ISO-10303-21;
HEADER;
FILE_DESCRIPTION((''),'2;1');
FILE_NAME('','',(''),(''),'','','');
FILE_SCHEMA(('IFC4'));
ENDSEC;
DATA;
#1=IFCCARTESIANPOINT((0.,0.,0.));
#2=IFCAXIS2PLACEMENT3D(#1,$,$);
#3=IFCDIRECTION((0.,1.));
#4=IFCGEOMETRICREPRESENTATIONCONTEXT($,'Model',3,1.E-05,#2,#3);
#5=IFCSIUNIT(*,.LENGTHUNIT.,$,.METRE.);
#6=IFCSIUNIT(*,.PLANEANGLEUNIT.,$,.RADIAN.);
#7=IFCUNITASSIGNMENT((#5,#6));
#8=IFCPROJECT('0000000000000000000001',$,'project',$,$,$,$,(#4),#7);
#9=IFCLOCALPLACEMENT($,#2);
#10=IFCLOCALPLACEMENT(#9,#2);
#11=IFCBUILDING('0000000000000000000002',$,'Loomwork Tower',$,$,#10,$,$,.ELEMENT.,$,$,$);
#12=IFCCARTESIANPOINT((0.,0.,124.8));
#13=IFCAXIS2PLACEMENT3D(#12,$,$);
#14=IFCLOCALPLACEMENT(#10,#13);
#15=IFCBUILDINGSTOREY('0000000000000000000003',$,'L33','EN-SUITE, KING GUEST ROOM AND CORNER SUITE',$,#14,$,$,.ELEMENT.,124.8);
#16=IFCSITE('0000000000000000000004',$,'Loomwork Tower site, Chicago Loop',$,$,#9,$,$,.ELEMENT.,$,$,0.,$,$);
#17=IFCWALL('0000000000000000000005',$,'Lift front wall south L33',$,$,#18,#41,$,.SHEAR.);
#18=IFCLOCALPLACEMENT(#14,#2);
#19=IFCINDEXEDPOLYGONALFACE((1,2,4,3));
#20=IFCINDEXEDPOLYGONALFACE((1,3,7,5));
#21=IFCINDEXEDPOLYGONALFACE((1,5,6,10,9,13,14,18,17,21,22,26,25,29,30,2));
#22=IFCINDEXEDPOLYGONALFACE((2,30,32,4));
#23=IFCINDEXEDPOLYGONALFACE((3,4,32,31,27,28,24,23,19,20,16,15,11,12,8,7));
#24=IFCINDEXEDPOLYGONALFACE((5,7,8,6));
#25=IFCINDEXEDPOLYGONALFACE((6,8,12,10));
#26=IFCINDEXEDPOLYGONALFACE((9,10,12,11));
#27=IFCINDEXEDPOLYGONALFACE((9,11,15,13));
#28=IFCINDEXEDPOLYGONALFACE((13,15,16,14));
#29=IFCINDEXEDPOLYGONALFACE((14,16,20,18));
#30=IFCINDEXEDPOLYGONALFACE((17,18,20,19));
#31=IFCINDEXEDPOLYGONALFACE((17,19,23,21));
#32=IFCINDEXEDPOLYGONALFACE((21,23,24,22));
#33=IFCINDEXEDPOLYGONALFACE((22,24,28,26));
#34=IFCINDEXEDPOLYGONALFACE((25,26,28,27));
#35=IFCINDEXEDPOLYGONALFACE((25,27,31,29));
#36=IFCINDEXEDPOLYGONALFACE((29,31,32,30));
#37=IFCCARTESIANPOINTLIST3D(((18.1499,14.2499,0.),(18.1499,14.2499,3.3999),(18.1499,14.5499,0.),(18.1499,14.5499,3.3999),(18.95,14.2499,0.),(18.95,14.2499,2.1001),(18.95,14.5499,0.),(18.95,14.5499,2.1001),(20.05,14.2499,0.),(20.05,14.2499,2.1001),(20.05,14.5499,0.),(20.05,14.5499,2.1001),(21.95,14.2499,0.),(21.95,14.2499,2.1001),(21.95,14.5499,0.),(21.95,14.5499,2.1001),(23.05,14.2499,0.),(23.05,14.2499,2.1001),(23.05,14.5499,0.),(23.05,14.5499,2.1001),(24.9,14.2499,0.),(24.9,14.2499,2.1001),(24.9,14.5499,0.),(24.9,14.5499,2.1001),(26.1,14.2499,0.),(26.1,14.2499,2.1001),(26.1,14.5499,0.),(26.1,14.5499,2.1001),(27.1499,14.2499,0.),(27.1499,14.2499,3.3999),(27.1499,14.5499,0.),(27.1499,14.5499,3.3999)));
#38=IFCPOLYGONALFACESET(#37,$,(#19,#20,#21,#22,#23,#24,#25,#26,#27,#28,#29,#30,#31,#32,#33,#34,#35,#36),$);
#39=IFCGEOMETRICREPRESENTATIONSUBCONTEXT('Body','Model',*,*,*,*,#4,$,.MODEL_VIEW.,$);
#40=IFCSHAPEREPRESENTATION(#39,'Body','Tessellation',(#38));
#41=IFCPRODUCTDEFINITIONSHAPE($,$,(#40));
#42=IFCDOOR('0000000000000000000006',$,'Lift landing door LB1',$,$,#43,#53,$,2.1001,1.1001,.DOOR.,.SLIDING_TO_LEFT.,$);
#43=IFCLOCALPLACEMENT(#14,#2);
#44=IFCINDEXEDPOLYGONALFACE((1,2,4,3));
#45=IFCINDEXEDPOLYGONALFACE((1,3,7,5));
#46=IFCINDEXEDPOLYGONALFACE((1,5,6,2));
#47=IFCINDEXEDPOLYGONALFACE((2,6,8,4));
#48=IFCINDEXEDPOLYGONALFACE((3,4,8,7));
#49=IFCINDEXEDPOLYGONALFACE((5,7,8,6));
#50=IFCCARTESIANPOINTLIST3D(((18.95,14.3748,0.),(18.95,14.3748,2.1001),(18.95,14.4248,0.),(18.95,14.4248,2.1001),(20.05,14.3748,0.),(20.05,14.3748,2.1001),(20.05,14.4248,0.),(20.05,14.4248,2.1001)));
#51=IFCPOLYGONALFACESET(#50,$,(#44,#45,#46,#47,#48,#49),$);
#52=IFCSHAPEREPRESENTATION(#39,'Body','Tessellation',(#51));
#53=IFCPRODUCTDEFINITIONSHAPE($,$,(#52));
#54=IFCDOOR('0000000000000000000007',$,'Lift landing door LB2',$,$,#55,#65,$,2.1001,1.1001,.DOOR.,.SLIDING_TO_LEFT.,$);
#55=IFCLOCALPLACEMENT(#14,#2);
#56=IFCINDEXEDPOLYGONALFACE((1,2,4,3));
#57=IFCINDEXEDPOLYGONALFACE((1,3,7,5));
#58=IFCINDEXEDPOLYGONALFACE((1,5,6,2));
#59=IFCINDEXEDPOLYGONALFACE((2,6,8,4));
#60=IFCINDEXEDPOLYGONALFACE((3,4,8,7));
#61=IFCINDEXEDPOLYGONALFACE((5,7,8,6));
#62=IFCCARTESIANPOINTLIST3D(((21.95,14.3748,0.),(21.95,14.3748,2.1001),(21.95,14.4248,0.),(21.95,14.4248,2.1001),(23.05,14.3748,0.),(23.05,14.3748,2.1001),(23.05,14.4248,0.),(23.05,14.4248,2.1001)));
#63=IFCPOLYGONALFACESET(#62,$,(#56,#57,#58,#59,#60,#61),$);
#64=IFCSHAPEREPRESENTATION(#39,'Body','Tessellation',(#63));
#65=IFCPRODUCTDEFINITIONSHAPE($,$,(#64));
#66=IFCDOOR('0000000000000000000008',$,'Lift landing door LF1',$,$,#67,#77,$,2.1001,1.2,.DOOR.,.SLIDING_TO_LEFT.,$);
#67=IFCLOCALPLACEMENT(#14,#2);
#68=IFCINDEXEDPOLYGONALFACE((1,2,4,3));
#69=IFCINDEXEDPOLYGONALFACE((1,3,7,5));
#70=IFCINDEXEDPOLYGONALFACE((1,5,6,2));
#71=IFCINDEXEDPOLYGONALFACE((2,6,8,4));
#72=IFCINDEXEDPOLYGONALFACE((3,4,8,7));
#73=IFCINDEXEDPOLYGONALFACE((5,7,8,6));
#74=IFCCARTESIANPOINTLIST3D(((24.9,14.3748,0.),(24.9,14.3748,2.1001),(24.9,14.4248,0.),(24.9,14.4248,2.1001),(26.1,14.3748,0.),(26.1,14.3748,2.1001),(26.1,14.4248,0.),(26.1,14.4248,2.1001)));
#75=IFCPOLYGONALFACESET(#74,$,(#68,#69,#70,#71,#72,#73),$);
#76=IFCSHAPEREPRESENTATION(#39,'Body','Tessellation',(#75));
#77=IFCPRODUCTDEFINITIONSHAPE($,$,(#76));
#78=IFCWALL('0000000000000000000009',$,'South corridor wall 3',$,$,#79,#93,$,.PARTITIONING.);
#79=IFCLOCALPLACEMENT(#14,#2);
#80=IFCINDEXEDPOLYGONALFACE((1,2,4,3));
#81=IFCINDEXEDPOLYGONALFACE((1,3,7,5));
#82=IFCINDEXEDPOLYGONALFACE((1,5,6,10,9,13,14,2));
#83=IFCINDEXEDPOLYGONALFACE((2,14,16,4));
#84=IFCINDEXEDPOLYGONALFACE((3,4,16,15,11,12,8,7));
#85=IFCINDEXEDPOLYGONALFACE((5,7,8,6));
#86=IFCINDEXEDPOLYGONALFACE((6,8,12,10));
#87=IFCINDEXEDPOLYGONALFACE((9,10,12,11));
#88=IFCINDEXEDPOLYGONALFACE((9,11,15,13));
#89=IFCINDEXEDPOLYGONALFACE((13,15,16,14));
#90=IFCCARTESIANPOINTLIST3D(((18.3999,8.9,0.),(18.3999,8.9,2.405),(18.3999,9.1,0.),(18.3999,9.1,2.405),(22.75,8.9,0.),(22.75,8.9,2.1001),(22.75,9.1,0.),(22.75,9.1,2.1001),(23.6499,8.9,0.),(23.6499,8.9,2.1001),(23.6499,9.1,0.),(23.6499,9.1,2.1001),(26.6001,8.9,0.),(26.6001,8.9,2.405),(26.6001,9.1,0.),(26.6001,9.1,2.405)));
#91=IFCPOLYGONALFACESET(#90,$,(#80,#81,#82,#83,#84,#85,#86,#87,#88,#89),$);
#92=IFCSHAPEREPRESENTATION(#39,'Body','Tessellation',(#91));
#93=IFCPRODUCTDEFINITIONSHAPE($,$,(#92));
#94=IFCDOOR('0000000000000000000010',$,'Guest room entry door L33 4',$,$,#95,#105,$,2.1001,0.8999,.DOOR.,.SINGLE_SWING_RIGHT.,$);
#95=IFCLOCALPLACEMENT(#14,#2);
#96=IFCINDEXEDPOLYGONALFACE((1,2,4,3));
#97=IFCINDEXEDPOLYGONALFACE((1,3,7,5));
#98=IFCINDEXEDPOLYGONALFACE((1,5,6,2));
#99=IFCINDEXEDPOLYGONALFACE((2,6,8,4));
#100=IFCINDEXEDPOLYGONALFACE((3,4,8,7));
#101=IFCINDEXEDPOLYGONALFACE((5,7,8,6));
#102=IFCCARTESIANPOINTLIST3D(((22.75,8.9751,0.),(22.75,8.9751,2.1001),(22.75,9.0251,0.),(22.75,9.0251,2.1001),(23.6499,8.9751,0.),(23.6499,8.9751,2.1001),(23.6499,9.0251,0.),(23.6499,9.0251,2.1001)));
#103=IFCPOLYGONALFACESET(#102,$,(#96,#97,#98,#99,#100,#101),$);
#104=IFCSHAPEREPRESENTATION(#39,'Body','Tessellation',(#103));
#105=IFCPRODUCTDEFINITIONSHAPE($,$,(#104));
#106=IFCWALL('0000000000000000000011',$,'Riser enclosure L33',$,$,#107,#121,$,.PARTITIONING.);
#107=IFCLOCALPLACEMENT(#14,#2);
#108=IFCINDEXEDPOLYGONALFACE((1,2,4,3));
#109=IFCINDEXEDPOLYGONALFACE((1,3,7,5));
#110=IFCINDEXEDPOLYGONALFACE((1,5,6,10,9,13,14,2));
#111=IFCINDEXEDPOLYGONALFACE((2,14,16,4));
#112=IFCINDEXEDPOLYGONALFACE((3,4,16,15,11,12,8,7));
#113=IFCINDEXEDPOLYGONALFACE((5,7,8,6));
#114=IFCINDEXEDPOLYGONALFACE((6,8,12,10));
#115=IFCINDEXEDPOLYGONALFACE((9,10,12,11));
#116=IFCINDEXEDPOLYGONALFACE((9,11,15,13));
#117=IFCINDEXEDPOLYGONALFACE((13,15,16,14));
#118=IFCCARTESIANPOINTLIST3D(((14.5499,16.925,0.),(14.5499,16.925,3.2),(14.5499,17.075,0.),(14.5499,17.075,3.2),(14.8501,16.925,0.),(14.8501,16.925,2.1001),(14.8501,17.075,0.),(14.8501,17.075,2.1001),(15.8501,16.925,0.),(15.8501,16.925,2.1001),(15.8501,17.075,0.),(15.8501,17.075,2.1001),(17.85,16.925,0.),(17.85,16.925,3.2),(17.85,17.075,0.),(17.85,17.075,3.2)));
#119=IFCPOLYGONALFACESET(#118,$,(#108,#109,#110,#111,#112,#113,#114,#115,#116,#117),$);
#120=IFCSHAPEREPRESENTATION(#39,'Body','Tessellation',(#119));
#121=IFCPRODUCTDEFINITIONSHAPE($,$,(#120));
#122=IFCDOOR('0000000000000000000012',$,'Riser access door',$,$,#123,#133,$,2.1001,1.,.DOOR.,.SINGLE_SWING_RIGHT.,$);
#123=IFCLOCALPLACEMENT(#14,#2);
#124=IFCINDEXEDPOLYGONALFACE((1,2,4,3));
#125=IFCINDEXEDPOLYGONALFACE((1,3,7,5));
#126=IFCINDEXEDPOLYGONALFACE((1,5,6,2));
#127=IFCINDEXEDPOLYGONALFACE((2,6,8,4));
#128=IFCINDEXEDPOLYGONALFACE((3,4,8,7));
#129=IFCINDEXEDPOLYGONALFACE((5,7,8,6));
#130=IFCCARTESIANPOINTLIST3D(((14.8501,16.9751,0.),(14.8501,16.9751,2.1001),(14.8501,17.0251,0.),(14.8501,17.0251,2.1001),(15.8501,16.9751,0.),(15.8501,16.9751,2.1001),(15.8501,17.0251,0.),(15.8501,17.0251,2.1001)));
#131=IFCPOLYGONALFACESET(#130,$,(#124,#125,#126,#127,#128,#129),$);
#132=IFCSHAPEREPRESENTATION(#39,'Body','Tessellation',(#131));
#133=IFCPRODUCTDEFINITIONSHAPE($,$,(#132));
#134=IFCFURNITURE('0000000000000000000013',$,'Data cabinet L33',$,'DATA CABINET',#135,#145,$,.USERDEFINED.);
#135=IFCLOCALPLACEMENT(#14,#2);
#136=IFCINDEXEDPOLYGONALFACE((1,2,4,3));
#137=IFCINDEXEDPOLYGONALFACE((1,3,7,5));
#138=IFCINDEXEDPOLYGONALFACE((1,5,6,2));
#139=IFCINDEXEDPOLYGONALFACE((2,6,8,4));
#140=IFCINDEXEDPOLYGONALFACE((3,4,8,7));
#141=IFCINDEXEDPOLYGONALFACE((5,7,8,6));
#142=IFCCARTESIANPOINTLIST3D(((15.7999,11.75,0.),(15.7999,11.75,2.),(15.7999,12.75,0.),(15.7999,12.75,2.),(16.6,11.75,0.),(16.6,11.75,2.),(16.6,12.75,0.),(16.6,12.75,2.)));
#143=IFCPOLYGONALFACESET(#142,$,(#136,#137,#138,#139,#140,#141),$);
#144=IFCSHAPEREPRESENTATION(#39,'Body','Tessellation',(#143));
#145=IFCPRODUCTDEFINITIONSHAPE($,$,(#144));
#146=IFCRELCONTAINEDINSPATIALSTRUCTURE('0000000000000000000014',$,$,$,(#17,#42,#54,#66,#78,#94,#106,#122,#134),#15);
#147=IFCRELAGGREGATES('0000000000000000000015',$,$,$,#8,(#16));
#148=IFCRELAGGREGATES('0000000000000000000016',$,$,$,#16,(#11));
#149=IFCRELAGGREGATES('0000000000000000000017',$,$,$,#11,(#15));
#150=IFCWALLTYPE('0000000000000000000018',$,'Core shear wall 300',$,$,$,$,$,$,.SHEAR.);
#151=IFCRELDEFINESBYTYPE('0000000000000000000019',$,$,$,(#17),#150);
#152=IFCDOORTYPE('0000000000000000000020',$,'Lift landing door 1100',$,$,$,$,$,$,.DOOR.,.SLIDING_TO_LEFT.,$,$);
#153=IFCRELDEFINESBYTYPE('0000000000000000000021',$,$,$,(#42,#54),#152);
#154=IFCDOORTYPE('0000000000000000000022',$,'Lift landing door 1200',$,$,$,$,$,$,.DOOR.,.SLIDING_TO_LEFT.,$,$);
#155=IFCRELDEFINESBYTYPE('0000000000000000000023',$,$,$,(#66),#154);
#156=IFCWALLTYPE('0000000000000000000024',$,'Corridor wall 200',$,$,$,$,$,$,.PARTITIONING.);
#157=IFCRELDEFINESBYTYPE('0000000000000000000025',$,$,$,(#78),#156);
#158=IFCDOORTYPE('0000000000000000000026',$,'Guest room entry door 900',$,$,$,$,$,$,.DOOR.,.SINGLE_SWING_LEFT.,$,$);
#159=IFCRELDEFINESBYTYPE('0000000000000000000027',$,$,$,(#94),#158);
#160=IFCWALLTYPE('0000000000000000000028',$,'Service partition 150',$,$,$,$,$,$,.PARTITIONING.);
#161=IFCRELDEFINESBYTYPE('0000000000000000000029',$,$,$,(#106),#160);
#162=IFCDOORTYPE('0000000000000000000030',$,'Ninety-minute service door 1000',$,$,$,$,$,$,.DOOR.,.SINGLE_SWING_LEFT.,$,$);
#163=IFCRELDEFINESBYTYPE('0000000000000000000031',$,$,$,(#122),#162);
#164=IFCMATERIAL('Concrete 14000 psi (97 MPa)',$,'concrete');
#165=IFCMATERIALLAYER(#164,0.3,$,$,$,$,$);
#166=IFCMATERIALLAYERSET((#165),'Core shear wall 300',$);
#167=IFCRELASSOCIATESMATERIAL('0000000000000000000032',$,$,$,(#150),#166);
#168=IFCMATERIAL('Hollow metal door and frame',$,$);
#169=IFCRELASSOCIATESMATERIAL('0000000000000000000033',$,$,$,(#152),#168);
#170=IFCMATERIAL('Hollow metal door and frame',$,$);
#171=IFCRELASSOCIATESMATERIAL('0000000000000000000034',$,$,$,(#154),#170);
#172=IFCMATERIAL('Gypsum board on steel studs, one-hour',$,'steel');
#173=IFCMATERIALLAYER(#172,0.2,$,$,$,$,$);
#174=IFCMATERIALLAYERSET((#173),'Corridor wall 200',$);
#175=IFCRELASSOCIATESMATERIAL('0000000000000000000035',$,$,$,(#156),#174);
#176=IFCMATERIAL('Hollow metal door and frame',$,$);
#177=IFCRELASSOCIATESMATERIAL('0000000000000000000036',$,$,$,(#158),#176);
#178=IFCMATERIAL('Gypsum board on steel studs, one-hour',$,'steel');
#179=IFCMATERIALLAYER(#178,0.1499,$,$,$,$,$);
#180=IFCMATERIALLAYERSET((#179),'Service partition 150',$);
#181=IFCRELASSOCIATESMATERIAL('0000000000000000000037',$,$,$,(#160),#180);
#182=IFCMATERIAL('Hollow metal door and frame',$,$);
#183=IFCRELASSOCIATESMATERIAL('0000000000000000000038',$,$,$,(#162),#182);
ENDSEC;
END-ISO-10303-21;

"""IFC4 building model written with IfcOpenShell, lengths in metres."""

from ifc_helpers import new_model, si_unit, direction, frame, frame_2d, origin, origin_2d, place, context, subcontext, project, spatial, rectangle, extrude, material, layer, layer_set, type_object, element, fill, save


model = new_model("IFC4")

# Units and contexts
model_context = context("Model", 3, precision=1e-05, world=origin(), true_north=direction((0.0, 1.0)))
body_context = subcontext(model_context, "Body", "Model", "MODEL_VIEW")
ifc_project = project(units=[si_unit("LENGTHUNIT", "METRE"), si_unit("PLANEANGLEUNIT", "RADIAN")], contexts=[model_context])

# Site, building, storey
site_placement = place(None, origin())
site = spatial("IfcSite", under=ifc_project, at=site_placement, Name="Loomwork Tower site, Chicago Loop", CompositionType="ELEMENT", RefElevation=0.0)
building_placement = place(site_placement, origin())
building = spatial("IfcBuilding", under=site, at=building_placement, Name="Loomwork Tower", CompositionType="ELEMENT")
storey_placement = place(building_placement, frame((0.0, 0.0, 124.8)))
storey = spatial("IfcBuildingStorey", under=building, at=storey_placement, Name="L33", Description="EN-SUITE, KING GUEST ROOM AND CORNER SUITE", CompositionType="ELEMENT", Elevation=124.8)

# Wall, openings, doors
ifc_material_1 = material(Name="Concrete 14000 psi (97 MPa)", Category="concrete")
ifc_layer_1 = layer(ifc_material_1, 0.3)
ifc_layer_set_1 = layer_set([ifc_layer_1], Name="Core shear wall 300")
wall_type_1 = type_object("IfcWallType", Name="Core shear wall 300", PredefinedType="SHEAR", material=ifc_layer_set_1)
wall_1_placement = place(storey_placement, frame((18.1499, 14.3999, 0.0), z_axis=(0.0, 0.0, 1.0), x_axis=(1.0, 0.0, 0.0)))
wall_1 = element("IfcWall", 1, at=wall_1_placement, inside=storey, type_object=wall_type_1, Name="Lift front wall south L33", PredefinedType="SHEAR", context=body_context, shape_type="SweptSolid", body=[
    extrude(rectangle(XDim=9.0, YDim=0.3, at=frame_2d((4.5, 0.0))), origin(), (0.0, 0.0, 1.0), 3.3999),
])
opening_1_placement = place(wall_1_placement, frame((0.8, 0.0, 0.0)))
opening_1 = element("IfcOpeningElement", 2, at=opening_1_placement, cuts=wall_1, PredefinedType="OPENING", context=body_context, shape_type="SweptSolid", body=[
    extrude(rectangle(XDim=1.1001, YDim=2.1001, at=frame_2d((0.55, 1.05))), frame((0.0, 0.1599, 0.0), z_axis=(0.0, -1.0, 0.0), x_axis=(1.0, 0.0, 0.0)), (0.0, 0.0, 1.0), 0.3201),
])
opening_2_placement = place(wall_1_placement, frame((3.8, 0.0, 0.0)))
opening_2 = element("IfcOpeningElement", 3, at=opening_2_placement, cuts=wall_1, PredefinedType="OPENING", context=body_context, shape_type="SweptSolid", body=[
    extrude(rectangle(XDim=1.1001, YDim=2.1001, at=frame_2d((0.55, 1.05))), frame((0.0, 0.1599, 0.0), z_axis=(0.0, -1.0, 0.0), x_axis=(1.0, 0.0, 0.0)), (0.0, 0.0, 1.0), 0.3201),
])
opening_3_placement = place(wall_1_placement, frame((6.75, 0.0, 0.0)))
opening_3 = element("IfcOpeningElement", 4, at=opening_3_placement, cuts=wall_1, PredefinedType="OPENING", context=body_context, shape_type="SweptSolid", body=[
    extrude(rectangle(XDim=1.2, YDim=2.1001, at=frame_2d((0.6001, 1.05))), frame((0.0, 0.1599, 0.0), z_axis=(0.0, -1.0, 0.0), x_axis=(1.0, 0.0, 0.0)), (0.0, 0.0, 1.0), 0.3201),
])
ifc_material_2 = material(Name="Hollow metal door and frame")
door_type_1 = type_object("IfcDoorType", Name="Lift landing door 1100", OperationType="SLIDING_TO_LEFT", PredefinedType="DOOR", material=ifc_material_2)
door_1_placement = place(opening_1_placement, origin())
door_1 = element("IfcDoor", 5, at=door_1_placement, inside=storey, type_object=door_type_1, Name="Lift landing door LB1", OperationType="SLIDING_TO_LEFT", OverallHeight=2.1001, OverallWidth=1.1001, PredefinedType="DOOR", context=body_context, shape_type="SweptSolid", body=[
    extrude(rectangle(XDim=1.1001, YDim=2.1001, at=frame_2d((0.55, 1.05))), frame((0.0, 0.0249, 0.0), z_axis=(0.0, -1.0, 0.0), x_axis=(1.0, 0.0, 0.0)), (0.0, 0.0, 1.0), 0.05),
])
fill(opening_1, door_1)
door_2_placement = place(opening_2_placement, origin())
door_2 = element("IfcDoor", 6, at=door_2_placement, inside=storey, type_object=door_type_1, Name="Lift landing door LB2", OperationType="SLIDING_TO_LEFT", OverallHeight=2.1001, OverallWidth=1.1001, PredefinedType="DOOR", context=body_context, shape_type="SweptSolid", body=[
    extrude(rectangle(XDim=1.1001, YDim=2.1001, at=frame_2d((0.55, 1.05))), frame((0.0, 0.0249, 0.0), z_axis=(0.0, -1.0, 0.0), x_axis=(1.0, 0.0, 0.0)), (0.0, 0.0, 1.0), 0.05),
])
fill(opening_2, door_2)
ifc_material_3 = material(Name="Hollow metal door and frame")
door_type_2 = type_object("IfcDoorType", Name="Lift landing door 1200", OperationType="SLIDING_TO_LEFT", PredefinedType="DOOR", material=ifc_material_3)
door_3_placement = place(opening_3_placement, origin())
door_3 = element("IfcDoor", 7, at=door_3_placement, inside=storey, type_object=door_type_2, Name="Lift landing door LF1", OperationType="SLIDING_TO_LEFT", OverallHeight=2.1001, OverallWidth=1.2, PredefinedType="DOOR", context=body_context, shape_type="SweptSolid", body=[
    extrude(rectangle(XDim=1.2, YDim=2.1001, at=frame_2d((0.6001, 1.05))), frame((0.0, 0.0249, 0.0), z_axis=(0.0, -1.0, 0.0), x_axis=(1.0, 0.0, 0.0)), (0.0, 0.0, 1.0), 0.05),
])
fill(opening_3, door_3)

# Walls, openings, doors
ifc_material_4 = material(Name="Gypsum board on steel studs, one-hour", Category="steel")
ifc_layer_2 = layer(ifc_material_4, 0.2)
ifc_layer_set_2 = layer_set([ifc_layer_2], Name="Corridor wall 200")
wall_type_2 = type_object("IfcWallType", Name="Corridor wall 200", PredefinedType="PARTITIONING", material=ifc_layer_set_2)
wall_2_placement = place(storey_placement, frame((18.3999, 9.0, 0.0), z_axis=(0.0, 0.0, 1.0), x_axis=(1.0, 0.0, 0.0)))
wall_2 = element("IfcWall", 8, at=wall_2_placement, inside=storey, type_object=wall_type_2, Name="South corridor wall 3", PredefinedType="PARTITIONING", context=body_context, shape_type="SweptSolid", body=[
    extrude(rectangle(XDim=8.2002, YDim=0.2, at=frame_2d((4.1001, 0.0))), origin(), (0.0, 0.0, 1.0), 2.405),
])
opening_4_placement = place(wall_2_placement, frame((4.3501, 0.0, 0.0)))
opening_4 = element("IfcOpeningElement", 9, at=opening_4_placement, cuts=wall_2, PredefinedType="OPENING", context=body_context, shape_type="SweptSolid", body=[
    extrude(rectangle(XDim=0.8999, YDim=2.1001, at=frame_2d((0.45, 1.05))), frame((0.0, 0.1099, 0.0), z_axis=(0.0, -1.0, 0.0), x_axis=(1.0, 0.0, 0.0)), (0.0, 0.0, 1.0), 0.22),
])
ifc_material_5 = material(Name="Hollow metal door and frame")
door_type_3 = type_object("IfcDoorType", Name="Guest room entry door 900", OperationType="SINGLE_SWING_LEFT", PredefinedType="DOOR", material=ifc_material_5)
door_4_placement = place(opening_4_placement, frame((0.8999, 0.0, 0.0), z_axis=(0.0, 0.0, 1.0), x_axis=(-1.0, 0.0, 0.0)))
door_4 = element("IfcDoor", 10, at=door_4_placement, inside=storey, type_object=door_type_3, Name="Guest room entry door L33 4", OperationType="SINGLE_SWING_RIGHT", OverallHeight=2.1001, OverallWidth=0.8999, PredefinedType="DOOR", context=body_context, shape_type="SweptSolid", body=[
    extrude(rectangle(XDim=0.8999, YDim=2.1001, at=frame_2d((0.45, 1.05))), frame((0.0, 0.0249, 0.0), z_axis=(0.0, -1.0, 0.0), x_axis=(1.0, 0.0, 0.0)), (0.0, 0.0, 1.0), 0.05),
])
fill(opening_4, door_4)
ifc_material_6 = material(Name="Gypsum board on steel studs, one-hour", Category="steel")
ifc_layer_3 = layer(ifc_material_6, 0.1499)
ifc_layer_set_3 = layer_set([ifc_layer_3], Name="Service partition 150")
wall_type_3 = type_object("IfcWallType", Name="Service partition 150", PredefinedType="PARTITIONING", material=ifc_layer_set_3)
wall_3_placement = place(storey_placement, frame((14.55, 17.0, 0.0), z_axis=(0.0, 0.0, 1.0), x_axis=(1.0, 0.0, 0.0)))
wall_3 = element("IfcWall", 11, at=wall_3_placement, inside=storey, type_object=wall_type_3, Name="Riser enclosure L33", PredefinedType="PARTITIONING", context=body_context, shape_type="SweptSolid", body=[
    extrude(rectangle(XDim=3.3, YDim=0.1499, at=frame_2d((1.6499, 0.0))), origin(), (0.0, 0.0, 1.0), 3.2),
])
opening_5_placement = place(wall_3_placement, frame((0.3, 0.0, 0.0)))
opening_5 = element("IfcOpeningElement", 12, at=opening_5_placement, cuts=wall_3, PredefinedType="OPENING", context=body_context, shape_type="SweptSolid", body=[
    extrude(rectangle(XDim=1.0, YDim=2.1001, at=frame_2d((0.5, 1.05))), frame((0.0, 0.085, 0.0), z_axis=(0.0, -1.0, 0.0), x_axis=(1.0, 0.0, 0.0)), (0.0, 0.0, 1.0), 0.1699),
])
ifc_material_7 = material(Name="Hollow metal door and frame")
door_type_4 = type_object("IfcDoorType", Name="Ninety-minute service door 1000", OperationType="SINGLE_SWING_LEFT", PredefinedType="DOOR", material=ifc_material_7)
door_5_placement = place(opening_5_placement, frame((1.0, 0.0, 0.0), z_axis=(0.0, 0.0, 1.0), x_axis=(-1.0, 0.0, 0.0)))
door_5 = element("IfcDoor", 13, at=door_5_placement, inside=storey, type_object=door_type_4, Name="Riser access door", OperationType="SINGLE_SWING_RIGHT", OverallHeight=2.1001, OverallWidth=1.0, PredefinedType="DOOR", context=body_context, shape_type="SweptSolid", body=[
    extrude(rectangle(XDim=1.0, YDim=2.1001, at=frame_2d((0.5, 1.05))), frame((0.0, 0.0249, 0.0), z_axis=(0.0, -1.0, 0.0), x_axis=(1.0, 0.0, 0.0)), (0.0, 0.0, 1.0), 0.05),
])
fill(opening_5, door_5)

# Furniture
furniture_placement = place(storey_placement, frame((16.2, 12.25, 0.0), z_axis=(0.0, 0.0, 1.0), x_axis=(1.0, 0.0, 0.0)))
element("IfcFurniture", 14, at=furniture_placement, inside=storey, Name="Data cabinet L33", ObjectType="DATA CABINET", PredefinedType="USERDEFINED", context=body_context, shape_type="SweptSolid", body=[
    extrude(rectangle(XDim=0.8, YDim=1.0, at=origin_2d()), origin(), (0.0, 0.0, 1.0), 2.0),
])

save(model, "model.ifc")
